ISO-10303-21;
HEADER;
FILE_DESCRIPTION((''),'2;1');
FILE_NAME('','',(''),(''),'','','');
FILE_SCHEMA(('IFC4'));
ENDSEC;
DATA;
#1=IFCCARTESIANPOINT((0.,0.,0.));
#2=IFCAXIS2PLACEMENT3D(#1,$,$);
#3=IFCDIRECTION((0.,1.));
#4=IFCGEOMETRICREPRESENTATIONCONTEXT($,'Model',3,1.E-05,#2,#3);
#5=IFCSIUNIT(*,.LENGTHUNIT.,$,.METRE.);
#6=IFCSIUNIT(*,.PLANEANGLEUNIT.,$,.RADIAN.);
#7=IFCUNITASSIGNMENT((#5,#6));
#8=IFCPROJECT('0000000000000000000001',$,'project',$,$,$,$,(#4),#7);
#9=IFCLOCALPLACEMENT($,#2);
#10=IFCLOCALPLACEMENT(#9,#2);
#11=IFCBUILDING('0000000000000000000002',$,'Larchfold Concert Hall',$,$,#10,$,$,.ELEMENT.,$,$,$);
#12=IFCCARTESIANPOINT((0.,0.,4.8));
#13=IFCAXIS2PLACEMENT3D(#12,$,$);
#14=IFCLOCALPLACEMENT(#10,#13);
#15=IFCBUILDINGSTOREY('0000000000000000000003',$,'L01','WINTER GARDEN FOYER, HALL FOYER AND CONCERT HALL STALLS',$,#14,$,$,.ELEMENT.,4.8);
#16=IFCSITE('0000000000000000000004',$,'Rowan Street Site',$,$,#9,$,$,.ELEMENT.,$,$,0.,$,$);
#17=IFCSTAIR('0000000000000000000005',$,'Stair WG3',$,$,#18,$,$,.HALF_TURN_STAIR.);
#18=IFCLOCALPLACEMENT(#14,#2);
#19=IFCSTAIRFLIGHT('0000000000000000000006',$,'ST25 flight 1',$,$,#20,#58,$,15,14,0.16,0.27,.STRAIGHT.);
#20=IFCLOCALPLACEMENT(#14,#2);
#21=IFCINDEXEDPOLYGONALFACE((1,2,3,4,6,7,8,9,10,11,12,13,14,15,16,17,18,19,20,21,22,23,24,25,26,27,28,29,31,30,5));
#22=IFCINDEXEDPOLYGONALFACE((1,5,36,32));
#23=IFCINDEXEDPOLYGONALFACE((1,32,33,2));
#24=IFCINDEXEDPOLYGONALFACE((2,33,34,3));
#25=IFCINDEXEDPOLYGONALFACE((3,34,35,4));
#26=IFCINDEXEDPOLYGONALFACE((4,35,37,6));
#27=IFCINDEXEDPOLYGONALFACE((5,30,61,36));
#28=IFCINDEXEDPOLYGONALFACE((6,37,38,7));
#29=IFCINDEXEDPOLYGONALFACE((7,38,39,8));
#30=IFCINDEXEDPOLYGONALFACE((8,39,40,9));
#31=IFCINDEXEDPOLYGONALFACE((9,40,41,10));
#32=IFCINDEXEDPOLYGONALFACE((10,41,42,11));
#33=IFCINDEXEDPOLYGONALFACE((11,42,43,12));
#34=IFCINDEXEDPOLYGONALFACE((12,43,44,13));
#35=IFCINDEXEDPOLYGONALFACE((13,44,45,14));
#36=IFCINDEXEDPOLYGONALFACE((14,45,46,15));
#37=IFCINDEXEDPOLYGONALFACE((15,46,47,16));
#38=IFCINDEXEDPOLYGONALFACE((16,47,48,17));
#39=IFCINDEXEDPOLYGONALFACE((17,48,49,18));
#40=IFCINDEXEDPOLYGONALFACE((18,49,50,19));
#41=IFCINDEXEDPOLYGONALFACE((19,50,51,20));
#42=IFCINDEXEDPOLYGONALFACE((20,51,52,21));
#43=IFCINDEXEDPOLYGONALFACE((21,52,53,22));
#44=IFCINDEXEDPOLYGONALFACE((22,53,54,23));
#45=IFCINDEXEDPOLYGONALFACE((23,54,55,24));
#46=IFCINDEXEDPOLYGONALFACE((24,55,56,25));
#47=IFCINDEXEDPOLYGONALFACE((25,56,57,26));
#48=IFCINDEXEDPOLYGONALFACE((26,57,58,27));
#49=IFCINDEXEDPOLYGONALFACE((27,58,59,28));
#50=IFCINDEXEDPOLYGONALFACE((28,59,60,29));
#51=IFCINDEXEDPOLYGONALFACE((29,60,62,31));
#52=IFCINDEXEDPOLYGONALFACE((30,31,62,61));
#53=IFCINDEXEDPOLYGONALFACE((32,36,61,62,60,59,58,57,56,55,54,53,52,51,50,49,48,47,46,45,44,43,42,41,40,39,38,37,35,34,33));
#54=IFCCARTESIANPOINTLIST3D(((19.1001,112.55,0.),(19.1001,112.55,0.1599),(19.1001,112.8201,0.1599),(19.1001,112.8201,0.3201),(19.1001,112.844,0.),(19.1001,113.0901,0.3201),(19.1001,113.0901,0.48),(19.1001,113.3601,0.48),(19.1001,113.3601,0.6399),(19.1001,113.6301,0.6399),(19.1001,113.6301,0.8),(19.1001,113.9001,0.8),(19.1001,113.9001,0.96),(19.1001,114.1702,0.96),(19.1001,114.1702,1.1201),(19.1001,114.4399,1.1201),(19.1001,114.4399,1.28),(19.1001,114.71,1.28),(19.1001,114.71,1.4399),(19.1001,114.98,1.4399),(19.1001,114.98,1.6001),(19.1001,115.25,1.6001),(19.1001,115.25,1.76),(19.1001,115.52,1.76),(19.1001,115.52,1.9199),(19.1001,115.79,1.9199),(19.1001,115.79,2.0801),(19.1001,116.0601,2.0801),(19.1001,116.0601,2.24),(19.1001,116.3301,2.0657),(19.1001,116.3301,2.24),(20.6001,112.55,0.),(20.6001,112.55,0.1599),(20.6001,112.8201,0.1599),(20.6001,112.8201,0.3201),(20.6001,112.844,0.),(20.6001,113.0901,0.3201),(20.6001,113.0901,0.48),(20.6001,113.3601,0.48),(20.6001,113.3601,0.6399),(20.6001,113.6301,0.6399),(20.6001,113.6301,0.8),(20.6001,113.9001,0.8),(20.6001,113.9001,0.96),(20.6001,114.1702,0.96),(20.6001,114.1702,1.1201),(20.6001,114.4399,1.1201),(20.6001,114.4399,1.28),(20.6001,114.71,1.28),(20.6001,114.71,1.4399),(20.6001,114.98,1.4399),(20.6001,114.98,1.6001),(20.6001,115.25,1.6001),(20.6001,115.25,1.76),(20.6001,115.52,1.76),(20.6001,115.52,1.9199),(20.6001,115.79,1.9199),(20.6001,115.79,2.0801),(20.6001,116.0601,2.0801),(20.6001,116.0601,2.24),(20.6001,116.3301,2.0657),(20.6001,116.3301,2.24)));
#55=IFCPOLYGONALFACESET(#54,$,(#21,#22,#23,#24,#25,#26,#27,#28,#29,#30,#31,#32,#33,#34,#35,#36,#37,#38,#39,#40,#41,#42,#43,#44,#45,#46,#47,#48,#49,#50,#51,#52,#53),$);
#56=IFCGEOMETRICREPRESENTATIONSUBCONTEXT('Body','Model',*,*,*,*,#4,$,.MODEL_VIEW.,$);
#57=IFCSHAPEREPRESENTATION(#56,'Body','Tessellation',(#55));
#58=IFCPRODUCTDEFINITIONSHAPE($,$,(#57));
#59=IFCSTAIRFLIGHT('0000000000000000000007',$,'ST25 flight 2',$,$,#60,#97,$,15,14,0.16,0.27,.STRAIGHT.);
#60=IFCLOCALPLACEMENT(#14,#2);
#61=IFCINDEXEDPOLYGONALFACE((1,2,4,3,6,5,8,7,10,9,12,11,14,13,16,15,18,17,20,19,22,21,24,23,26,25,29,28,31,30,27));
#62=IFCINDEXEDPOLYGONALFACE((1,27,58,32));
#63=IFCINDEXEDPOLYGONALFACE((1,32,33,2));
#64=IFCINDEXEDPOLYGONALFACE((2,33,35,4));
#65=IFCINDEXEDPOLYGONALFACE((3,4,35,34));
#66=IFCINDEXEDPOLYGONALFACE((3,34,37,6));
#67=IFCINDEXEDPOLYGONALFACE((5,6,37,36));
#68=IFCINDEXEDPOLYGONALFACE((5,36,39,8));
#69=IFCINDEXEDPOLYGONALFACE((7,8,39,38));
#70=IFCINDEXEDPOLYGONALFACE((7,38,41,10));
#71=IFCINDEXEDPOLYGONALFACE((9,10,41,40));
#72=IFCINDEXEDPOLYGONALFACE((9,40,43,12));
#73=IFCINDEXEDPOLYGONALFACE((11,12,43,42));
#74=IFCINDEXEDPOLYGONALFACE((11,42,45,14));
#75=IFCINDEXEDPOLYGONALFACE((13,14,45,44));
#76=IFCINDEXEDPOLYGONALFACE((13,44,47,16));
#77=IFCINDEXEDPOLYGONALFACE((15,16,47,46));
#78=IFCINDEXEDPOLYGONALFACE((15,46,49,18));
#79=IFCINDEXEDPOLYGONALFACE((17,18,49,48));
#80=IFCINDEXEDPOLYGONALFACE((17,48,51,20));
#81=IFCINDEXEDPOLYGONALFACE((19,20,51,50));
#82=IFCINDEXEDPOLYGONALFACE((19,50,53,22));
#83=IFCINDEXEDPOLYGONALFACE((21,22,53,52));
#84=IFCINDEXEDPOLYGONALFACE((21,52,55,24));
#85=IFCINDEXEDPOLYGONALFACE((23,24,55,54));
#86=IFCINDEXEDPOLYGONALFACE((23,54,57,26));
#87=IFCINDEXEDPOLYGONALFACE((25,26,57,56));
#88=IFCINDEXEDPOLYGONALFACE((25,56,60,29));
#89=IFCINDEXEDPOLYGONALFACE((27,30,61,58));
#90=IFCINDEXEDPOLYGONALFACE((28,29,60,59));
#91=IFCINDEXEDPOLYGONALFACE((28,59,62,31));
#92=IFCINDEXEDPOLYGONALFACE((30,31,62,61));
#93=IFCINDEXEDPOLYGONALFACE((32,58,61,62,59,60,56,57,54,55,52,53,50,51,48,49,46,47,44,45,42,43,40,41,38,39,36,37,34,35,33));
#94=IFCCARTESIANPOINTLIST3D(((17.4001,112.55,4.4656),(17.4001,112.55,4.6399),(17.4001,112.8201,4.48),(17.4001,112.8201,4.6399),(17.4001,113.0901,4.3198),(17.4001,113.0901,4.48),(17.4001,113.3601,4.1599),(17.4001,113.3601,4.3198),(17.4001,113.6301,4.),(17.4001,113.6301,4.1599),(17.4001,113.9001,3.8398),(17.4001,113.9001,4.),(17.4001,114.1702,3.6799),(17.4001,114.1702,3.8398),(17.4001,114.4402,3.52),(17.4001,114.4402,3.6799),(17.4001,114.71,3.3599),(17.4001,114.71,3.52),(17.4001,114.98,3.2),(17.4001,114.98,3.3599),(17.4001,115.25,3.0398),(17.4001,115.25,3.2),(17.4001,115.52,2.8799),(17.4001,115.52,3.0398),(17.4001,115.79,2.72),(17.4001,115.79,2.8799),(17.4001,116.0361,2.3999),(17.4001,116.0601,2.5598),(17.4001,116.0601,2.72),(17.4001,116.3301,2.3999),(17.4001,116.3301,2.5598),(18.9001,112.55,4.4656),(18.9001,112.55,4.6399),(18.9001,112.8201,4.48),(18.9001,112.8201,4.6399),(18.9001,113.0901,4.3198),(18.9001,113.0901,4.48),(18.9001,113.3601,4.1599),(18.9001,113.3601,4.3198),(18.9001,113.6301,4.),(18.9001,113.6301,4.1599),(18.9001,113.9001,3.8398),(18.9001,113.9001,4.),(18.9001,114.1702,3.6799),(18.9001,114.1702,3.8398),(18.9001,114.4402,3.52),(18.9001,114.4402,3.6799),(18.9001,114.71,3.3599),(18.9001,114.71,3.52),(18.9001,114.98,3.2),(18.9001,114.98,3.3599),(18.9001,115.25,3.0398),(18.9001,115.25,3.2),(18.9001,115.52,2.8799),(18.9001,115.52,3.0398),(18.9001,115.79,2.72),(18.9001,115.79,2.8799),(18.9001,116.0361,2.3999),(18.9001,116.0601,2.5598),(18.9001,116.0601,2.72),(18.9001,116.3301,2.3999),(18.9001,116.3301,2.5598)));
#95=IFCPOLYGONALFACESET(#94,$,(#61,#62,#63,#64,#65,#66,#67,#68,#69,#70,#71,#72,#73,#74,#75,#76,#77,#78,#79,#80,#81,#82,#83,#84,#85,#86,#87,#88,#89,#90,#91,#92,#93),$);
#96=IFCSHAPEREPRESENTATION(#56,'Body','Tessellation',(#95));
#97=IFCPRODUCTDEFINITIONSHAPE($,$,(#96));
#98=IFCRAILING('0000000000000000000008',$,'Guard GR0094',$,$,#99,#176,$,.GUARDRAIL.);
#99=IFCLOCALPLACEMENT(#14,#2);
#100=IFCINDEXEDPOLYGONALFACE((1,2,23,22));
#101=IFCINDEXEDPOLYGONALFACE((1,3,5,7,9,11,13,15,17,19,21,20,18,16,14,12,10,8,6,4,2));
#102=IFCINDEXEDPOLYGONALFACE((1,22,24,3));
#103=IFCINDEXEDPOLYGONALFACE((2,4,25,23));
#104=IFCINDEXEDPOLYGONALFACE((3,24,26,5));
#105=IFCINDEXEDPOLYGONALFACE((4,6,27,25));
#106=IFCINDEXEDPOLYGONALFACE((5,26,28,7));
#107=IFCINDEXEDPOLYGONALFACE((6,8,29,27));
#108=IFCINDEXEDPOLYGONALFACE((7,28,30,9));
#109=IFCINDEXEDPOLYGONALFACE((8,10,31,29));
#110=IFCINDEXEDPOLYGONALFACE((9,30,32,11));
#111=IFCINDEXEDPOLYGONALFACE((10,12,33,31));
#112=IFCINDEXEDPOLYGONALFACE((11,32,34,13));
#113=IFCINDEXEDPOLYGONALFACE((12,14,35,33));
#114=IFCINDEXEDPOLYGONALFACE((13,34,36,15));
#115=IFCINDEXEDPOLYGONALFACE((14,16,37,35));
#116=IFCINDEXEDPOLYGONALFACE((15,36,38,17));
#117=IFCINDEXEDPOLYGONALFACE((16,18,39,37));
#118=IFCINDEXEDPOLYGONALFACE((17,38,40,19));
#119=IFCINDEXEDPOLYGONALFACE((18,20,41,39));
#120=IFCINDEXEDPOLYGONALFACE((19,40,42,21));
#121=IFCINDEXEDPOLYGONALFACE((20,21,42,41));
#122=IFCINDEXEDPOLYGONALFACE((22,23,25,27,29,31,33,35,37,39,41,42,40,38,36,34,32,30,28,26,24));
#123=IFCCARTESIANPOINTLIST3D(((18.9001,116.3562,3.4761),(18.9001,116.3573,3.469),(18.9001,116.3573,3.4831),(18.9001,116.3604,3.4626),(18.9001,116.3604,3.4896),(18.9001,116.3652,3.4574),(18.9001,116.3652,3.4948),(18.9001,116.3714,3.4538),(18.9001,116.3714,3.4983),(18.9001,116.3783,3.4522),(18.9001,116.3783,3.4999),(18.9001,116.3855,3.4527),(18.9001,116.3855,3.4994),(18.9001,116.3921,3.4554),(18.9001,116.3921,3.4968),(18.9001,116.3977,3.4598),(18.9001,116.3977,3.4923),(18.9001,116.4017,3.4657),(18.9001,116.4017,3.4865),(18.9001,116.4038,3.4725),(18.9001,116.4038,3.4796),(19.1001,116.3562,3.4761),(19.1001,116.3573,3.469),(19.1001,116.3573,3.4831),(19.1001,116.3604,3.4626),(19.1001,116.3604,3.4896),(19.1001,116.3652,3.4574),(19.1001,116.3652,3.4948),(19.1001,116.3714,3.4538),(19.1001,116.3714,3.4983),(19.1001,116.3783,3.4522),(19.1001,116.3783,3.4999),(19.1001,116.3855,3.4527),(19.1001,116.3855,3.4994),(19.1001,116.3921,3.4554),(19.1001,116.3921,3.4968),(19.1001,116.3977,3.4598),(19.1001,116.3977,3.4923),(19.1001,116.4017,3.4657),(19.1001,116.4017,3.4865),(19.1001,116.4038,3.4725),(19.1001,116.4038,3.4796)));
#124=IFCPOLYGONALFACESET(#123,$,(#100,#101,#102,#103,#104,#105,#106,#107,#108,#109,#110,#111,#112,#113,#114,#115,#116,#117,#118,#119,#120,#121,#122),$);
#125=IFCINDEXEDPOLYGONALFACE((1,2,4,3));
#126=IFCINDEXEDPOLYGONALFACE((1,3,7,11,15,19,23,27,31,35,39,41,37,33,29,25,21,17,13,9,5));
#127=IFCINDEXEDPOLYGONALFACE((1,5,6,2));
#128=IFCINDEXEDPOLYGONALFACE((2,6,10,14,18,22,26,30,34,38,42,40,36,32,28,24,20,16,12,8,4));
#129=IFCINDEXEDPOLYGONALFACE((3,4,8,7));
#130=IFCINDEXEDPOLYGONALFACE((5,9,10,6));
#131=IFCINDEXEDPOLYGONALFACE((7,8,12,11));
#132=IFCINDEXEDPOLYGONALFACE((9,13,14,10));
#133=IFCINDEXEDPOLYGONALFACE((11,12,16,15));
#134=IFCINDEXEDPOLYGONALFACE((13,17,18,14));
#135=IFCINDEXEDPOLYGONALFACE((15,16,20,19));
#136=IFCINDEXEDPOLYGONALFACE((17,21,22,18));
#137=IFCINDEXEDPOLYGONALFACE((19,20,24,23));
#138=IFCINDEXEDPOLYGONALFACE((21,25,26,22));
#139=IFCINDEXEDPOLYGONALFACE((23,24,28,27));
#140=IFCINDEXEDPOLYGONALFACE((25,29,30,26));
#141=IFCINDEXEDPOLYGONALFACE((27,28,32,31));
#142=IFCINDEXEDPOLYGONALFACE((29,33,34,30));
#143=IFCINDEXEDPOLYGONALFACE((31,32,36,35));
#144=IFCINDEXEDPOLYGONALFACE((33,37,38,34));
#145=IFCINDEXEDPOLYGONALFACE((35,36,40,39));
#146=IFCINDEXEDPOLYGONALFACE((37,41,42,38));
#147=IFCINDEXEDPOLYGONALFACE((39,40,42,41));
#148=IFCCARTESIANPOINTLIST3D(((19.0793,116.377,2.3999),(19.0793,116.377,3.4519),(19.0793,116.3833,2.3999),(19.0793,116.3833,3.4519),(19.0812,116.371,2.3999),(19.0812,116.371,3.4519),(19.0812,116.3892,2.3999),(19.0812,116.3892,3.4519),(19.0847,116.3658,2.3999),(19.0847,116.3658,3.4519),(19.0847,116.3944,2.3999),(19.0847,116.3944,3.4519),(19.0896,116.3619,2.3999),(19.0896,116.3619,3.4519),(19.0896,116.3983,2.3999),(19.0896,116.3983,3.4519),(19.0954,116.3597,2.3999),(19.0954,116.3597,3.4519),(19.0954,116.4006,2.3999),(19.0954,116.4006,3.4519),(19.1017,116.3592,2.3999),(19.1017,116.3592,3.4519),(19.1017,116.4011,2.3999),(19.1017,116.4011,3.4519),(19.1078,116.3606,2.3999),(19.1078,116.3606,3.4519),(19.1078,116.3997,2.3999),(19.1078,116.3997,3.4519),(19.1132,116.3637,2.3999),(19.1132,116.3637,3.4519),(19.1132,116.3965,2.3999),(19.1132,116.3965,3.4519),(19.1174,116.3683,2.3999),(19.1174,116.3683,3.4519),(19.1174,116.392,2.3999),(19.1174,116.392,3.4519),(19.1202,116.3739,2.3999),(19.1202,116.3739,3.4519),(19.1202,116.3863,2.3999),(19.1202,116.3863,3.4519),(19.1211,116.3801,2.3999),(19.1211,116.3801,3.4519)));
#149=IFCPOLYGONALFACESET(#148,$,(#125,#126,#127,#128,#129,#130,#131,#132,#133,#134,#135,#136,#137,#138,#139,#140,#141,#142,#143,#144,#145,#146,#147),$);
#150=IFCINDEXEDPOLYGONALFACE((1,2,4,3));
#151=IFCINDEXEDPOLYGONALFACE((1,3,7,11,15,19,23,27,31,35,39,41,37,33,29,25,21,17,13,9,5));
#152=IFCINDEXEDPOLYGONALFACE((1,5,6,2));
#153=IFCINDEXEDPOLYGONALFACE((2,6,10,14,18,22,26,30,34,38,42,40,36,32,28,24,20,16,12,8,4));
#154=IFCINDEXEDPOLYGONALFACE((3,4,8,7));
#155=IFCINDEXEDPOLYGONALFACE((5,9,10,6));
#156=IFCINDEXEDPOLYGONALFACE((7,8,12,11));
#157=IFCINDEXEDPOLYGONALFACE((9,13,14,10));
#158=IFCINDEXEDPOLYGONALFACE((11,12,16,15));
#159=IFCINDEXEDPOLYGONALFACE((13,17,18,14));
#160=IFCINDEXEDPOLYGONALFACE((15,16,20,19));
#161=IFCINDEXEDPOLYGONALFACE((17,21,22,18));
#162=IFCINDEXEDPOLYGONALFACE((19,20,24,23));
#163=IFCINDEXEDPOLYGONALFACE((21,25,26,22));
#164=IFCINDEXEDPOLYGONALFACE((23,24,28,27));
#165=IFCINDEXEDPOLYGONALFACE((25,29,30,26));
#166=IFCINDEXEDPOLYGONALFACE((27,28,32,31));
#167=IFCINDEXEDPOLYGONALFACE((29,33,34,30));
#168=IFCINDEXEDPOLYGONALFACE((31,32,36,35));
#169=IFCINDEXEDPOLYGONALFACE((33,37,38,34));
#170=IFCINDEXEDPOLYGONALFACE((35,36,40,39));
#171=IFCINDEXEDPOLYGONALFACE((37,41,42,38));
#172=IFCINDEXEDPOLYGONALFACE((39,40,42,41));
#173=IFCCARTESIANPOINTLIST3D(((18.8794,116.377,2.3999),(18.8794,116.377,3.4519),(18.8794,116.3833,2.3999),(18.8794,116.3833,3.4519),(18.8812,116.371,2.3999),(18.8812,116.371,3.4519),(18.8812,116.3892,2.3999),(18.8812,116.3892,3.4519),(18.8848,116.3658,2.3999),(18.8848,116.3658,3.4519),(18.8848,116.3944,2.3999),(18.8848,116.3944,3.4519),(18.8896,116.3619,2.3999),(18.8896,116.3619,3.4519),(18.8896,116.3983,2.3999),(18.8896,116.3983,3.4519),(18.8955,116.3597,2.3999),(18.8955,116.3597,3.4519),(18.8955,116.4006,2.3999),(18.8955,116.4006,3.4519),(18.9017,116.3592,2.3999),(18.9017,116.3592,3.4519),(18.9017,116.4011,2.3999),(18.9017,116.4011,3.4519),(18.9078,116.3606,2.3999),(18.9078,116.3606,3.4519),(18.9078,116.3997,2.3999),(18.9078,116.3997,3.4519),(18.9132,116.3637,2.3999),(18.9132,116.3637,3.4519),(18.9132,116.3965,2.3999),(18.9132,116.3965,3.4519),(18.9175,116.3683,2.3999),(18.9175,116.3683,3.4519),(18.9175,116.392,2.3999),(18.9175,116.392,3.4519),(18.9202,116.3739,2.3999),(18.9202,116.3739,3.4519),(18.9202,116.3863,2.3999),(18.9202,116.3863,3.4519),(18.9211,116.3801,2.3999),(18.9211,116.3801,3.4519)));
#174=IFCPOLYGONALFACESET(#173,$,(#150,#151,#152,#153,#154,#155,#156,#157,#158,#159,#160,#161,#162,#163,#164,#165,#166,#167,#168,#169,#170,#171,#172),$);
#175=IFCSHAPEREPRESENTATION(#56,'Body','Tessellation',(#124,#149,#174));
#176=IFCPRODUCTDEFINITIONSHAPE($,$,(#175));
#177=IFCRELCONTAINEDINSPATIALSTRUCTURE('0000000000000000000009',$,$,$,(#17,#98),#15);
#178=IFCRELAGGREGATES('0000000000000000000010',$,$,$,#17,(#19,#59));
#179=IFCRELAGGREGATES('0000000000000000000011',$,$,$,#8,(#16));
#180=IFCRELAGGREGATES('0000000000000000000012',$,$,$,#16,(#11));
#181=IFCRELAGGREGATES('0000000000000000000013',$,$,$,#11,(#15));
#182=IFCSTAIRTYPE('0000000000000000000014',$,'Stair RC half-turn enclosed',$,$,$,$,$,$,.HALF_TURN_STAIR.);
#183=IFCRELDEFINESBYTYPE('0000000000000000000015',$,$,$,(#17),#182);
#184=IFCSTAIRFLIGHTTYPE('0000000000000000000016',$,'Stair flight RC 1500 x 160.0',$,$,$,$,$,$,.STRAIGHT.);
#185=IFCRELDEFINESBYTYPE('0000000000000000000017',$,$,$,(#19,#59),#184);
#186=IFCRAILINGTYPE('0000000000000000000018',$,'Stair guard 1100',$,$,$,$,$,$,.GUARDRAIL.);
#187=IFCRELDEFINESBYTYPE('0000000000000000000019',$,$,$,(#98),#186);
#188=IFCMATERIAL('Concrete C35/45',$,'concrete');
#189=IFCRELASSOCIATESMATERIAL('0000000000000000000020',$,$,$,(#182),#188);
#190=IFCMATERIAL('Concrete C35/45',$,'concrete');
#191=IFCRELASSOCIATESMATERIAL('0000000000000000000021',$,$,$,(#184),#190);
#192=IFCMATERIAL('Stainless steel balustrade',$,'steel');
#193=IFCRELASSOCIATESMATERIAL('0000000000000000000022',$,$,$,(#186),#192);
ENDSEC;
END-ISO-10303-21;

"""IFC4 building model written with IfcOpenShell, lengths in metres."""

from ifc_helpers import new_model, si_unit, direction, frame, origin, origin_2d, place, context, subcontext, project, spatial, polyline, circle, outline, extrude, material, type_object, element, aggregate, save


model = new_model("IFC4")

# Units and contexts
model_context = context("Model", 3, precision=1e-05, world=origin(), true_north=direction((0.0, 1.0)))
body_context = subcontext(model_context, "Body", "Model", "MODEL_VIEW")
ifc_project = project(units=[si_unit("LENGTHUNIT", "METRE"), si_unit("PLANEANGLEUNIT", "RADIAN")], contexts=[model_context])

# Site, building, storey
site_placement = place(None, origin())
site = spatial("IfcSite", under=ifc_project, at=site_placement, Name="Rowan Street Site", CompositionType="ELEMENT", RefElevation=0.0)
building_placement = place(site_placement, origin())
building = spatial("IfcBuilding", under=site, at=building_placement, Name="Larchfold Concert Hall", CompositionType="ELEMENT")
storey_placement = place(building_placement, frame((0.0, 0.0, 4.8)))
storey = spatial("IfcBuildingStorey", under=building, at=storey_placement, Name="L01", Description="WINTER GARDEN FOYER, HALL FOYER AND CONCERT HALL STALLS", CompositionType="ELEMENT", Elevation=4.8)

# Stair, stair flights
ifc_material_1 = material(Name="Concrete C35/45", Category="concrete")
stair_type = type_object("IfcStairType", Name="Stair RC half-turn enclosed", PredefinedType="HALF_TURN_STAIR", material=ifc_material_1)
stair_placement = place(storey_placement, origin())
stair = element("IfcStair", 1, at=stair_placement, inside=storey, type_object=stair_type, Name="Stair WG3", PredefinedType="HALF_TURN_STAIR")
ifc_material_2 = material(Name="Concrete C35/45", Category="concrete")
stair_flight_type = type_object("IfcStairFlightType", Name="Stair flight RC 1500 x 160.0", PredefinedType="STRAIGHT", material=ifc_material_2)
stair_flight_1_placement = place(storey_placement, frame((19.8501, 112.55, 0.0), z_axis=(0.0, 0.0, 1.0), x_axis=(0.0, 1.0, 0.0)))
stair_flight_1 = element("IfcStairFlight", 2, at=stair_flight_1_placement, type_object=stair_flight_type, Name="ST25 flight 1", NumberOfRisers=15, NumberOfTreads=14, PredefinedType="STRAIGHT", RiserHeight=0.16, TreadLength=0.27, context=body_context, shape_type="SweptSolid", body=[
    extrude(outline(polyline([(0.0, 0.0), (0.0, 0.1599), (0.27, 0.1599), (0.27, 0.3201), (0.54, 0.3201), (0.54, 0.48), (0.8101, 0.48), (0.8101, 0.6399), (1.0801, 0.6399), (1.0801, 0.8), (1.3501, 0.8), (1.3501, 0.96), (1.6201, 0.96), (1.6201, 1.1201), (1.8899, 1.1201), (1.8899, 1.28), (2.1599, 1.28), (2.1599, 1.4399), (2.4299, 1.4399), (2.4299, 1.6001), (2.7, 1.6001), (2.7, 1.76), (2.97, 1.76), (2.97, 1.9199), (3.24, 1.9199), (3.24, 2.0801), (3.51, 2.0801), (3.51, 2.24), (3.78, 2.24), (3.78, 2.3999), (3.78, 2.0657), (0.2939, 0.0), (0.0, 0.0)])), frame((0.0, 0.75, 0.0), z_axis=(0.0, -1.0, 0.0), x_axis=(1.0, 0.0, 0.0)), (0.0, 0.0, 1.0), 1.5),
])
stair_flight_2_placement = place(storey_placement, frame((18.1501, 116.3301, 2.3999), z_axis=(0.0, 0.0, 1.0), x_axis=(0.0, -1.0, 0.0)))
stair_flight_2 = element("IfcStairFlight", 3, at=stair_flight_2_placement, type_object=stair_flight_type, Name="ST25 flight 2", NumberOfRisers=15, NumberOfTreads=14, PredefinedType="STRAIGHT", RiserHeight=0.16, TreadLength=0.27, context=body_context, shape_type="SweptSolid", body=[
    extrude(outline(polyline([(0.0, 0.0), (0.0, 0.1599), (0.27, 0.1599), (0.27, 0.3201), (0.54, 0.3201), (0.54, 0.48), (0.8101, 0.48), (0.8101, 0.6399), (1.0801, 0.6399), (1.0801, 0.8), (1.3501, 0.8), (1.3501, 0.96), (1.6201, 0.96), (1.6201, 1.1201), (1.8899, 1.1201), (1.8899, 1.28), (2.1599, 1.28), (2.1599, 1.4399), (2.4299, 1.4399), (2.4299, 1.6001), (2.7, 1.6001), (2.7, 1.76), (2.97, 1.76), (2.97, 1.9199), (3.24, 1.9199), (3.24, 2.0801), (3.51, 2.0801), (3.51, 2.24), (3.78, 2.24), (3.78, 2.3999), (3.78, 2.0657), (0.2939, 0.0), (0.0, 0.0)])), frame((0.0, 0.75, 0.0), z_axis=(0.0, -1.0, 0.0), x_axis=(1.0, 0.0, 0.0)), (0.0, 0.0, 1.0), 1.5),
])
aggregate(stair, [stair_flight_1, stair_flight_2])

# Railing
ifc_material_3 = material(Name="Stainless steel balustrade", Category="steel")
railing_type_1 = type_object("IfcRailingType", Name="Stair guard 1100", PredefinedType="GUARDRAIL", material=ifc_material_3)
railing_1_placement = place(storey_placement, frame((19.1001, 116.3801, 2.3999)))
element("IfcRailing", 4, at=railing_1_placement, inside=storey, type_object=railing_type_1, Name="Guard GR0094", PredefinedType="GUARDRAIL", context=body_context, shape_type="SweptSolid", body=[
    extrude(circle(Radius=0.0239, at=origin_2d()), frame((0.0, 0.0, 1.0762), z_axis=(-1.0, 0.0, 0.0), x_axis=(0.0, -1.0, 0.0)), (0.0, 0.0, 1.0), 0.2),
    extrude(circle(Radius=0.021, at=origin_2d()), origin(), (0.0, 0.0, 1.0), 1.052),
    extrude(circle(Radius=0.021, at=origin_2d()), frame((-0.2, 0.0, 0.0)), (0.0, 0.0, 1.0), 1.052),
])

save(model, "model.ifc")
